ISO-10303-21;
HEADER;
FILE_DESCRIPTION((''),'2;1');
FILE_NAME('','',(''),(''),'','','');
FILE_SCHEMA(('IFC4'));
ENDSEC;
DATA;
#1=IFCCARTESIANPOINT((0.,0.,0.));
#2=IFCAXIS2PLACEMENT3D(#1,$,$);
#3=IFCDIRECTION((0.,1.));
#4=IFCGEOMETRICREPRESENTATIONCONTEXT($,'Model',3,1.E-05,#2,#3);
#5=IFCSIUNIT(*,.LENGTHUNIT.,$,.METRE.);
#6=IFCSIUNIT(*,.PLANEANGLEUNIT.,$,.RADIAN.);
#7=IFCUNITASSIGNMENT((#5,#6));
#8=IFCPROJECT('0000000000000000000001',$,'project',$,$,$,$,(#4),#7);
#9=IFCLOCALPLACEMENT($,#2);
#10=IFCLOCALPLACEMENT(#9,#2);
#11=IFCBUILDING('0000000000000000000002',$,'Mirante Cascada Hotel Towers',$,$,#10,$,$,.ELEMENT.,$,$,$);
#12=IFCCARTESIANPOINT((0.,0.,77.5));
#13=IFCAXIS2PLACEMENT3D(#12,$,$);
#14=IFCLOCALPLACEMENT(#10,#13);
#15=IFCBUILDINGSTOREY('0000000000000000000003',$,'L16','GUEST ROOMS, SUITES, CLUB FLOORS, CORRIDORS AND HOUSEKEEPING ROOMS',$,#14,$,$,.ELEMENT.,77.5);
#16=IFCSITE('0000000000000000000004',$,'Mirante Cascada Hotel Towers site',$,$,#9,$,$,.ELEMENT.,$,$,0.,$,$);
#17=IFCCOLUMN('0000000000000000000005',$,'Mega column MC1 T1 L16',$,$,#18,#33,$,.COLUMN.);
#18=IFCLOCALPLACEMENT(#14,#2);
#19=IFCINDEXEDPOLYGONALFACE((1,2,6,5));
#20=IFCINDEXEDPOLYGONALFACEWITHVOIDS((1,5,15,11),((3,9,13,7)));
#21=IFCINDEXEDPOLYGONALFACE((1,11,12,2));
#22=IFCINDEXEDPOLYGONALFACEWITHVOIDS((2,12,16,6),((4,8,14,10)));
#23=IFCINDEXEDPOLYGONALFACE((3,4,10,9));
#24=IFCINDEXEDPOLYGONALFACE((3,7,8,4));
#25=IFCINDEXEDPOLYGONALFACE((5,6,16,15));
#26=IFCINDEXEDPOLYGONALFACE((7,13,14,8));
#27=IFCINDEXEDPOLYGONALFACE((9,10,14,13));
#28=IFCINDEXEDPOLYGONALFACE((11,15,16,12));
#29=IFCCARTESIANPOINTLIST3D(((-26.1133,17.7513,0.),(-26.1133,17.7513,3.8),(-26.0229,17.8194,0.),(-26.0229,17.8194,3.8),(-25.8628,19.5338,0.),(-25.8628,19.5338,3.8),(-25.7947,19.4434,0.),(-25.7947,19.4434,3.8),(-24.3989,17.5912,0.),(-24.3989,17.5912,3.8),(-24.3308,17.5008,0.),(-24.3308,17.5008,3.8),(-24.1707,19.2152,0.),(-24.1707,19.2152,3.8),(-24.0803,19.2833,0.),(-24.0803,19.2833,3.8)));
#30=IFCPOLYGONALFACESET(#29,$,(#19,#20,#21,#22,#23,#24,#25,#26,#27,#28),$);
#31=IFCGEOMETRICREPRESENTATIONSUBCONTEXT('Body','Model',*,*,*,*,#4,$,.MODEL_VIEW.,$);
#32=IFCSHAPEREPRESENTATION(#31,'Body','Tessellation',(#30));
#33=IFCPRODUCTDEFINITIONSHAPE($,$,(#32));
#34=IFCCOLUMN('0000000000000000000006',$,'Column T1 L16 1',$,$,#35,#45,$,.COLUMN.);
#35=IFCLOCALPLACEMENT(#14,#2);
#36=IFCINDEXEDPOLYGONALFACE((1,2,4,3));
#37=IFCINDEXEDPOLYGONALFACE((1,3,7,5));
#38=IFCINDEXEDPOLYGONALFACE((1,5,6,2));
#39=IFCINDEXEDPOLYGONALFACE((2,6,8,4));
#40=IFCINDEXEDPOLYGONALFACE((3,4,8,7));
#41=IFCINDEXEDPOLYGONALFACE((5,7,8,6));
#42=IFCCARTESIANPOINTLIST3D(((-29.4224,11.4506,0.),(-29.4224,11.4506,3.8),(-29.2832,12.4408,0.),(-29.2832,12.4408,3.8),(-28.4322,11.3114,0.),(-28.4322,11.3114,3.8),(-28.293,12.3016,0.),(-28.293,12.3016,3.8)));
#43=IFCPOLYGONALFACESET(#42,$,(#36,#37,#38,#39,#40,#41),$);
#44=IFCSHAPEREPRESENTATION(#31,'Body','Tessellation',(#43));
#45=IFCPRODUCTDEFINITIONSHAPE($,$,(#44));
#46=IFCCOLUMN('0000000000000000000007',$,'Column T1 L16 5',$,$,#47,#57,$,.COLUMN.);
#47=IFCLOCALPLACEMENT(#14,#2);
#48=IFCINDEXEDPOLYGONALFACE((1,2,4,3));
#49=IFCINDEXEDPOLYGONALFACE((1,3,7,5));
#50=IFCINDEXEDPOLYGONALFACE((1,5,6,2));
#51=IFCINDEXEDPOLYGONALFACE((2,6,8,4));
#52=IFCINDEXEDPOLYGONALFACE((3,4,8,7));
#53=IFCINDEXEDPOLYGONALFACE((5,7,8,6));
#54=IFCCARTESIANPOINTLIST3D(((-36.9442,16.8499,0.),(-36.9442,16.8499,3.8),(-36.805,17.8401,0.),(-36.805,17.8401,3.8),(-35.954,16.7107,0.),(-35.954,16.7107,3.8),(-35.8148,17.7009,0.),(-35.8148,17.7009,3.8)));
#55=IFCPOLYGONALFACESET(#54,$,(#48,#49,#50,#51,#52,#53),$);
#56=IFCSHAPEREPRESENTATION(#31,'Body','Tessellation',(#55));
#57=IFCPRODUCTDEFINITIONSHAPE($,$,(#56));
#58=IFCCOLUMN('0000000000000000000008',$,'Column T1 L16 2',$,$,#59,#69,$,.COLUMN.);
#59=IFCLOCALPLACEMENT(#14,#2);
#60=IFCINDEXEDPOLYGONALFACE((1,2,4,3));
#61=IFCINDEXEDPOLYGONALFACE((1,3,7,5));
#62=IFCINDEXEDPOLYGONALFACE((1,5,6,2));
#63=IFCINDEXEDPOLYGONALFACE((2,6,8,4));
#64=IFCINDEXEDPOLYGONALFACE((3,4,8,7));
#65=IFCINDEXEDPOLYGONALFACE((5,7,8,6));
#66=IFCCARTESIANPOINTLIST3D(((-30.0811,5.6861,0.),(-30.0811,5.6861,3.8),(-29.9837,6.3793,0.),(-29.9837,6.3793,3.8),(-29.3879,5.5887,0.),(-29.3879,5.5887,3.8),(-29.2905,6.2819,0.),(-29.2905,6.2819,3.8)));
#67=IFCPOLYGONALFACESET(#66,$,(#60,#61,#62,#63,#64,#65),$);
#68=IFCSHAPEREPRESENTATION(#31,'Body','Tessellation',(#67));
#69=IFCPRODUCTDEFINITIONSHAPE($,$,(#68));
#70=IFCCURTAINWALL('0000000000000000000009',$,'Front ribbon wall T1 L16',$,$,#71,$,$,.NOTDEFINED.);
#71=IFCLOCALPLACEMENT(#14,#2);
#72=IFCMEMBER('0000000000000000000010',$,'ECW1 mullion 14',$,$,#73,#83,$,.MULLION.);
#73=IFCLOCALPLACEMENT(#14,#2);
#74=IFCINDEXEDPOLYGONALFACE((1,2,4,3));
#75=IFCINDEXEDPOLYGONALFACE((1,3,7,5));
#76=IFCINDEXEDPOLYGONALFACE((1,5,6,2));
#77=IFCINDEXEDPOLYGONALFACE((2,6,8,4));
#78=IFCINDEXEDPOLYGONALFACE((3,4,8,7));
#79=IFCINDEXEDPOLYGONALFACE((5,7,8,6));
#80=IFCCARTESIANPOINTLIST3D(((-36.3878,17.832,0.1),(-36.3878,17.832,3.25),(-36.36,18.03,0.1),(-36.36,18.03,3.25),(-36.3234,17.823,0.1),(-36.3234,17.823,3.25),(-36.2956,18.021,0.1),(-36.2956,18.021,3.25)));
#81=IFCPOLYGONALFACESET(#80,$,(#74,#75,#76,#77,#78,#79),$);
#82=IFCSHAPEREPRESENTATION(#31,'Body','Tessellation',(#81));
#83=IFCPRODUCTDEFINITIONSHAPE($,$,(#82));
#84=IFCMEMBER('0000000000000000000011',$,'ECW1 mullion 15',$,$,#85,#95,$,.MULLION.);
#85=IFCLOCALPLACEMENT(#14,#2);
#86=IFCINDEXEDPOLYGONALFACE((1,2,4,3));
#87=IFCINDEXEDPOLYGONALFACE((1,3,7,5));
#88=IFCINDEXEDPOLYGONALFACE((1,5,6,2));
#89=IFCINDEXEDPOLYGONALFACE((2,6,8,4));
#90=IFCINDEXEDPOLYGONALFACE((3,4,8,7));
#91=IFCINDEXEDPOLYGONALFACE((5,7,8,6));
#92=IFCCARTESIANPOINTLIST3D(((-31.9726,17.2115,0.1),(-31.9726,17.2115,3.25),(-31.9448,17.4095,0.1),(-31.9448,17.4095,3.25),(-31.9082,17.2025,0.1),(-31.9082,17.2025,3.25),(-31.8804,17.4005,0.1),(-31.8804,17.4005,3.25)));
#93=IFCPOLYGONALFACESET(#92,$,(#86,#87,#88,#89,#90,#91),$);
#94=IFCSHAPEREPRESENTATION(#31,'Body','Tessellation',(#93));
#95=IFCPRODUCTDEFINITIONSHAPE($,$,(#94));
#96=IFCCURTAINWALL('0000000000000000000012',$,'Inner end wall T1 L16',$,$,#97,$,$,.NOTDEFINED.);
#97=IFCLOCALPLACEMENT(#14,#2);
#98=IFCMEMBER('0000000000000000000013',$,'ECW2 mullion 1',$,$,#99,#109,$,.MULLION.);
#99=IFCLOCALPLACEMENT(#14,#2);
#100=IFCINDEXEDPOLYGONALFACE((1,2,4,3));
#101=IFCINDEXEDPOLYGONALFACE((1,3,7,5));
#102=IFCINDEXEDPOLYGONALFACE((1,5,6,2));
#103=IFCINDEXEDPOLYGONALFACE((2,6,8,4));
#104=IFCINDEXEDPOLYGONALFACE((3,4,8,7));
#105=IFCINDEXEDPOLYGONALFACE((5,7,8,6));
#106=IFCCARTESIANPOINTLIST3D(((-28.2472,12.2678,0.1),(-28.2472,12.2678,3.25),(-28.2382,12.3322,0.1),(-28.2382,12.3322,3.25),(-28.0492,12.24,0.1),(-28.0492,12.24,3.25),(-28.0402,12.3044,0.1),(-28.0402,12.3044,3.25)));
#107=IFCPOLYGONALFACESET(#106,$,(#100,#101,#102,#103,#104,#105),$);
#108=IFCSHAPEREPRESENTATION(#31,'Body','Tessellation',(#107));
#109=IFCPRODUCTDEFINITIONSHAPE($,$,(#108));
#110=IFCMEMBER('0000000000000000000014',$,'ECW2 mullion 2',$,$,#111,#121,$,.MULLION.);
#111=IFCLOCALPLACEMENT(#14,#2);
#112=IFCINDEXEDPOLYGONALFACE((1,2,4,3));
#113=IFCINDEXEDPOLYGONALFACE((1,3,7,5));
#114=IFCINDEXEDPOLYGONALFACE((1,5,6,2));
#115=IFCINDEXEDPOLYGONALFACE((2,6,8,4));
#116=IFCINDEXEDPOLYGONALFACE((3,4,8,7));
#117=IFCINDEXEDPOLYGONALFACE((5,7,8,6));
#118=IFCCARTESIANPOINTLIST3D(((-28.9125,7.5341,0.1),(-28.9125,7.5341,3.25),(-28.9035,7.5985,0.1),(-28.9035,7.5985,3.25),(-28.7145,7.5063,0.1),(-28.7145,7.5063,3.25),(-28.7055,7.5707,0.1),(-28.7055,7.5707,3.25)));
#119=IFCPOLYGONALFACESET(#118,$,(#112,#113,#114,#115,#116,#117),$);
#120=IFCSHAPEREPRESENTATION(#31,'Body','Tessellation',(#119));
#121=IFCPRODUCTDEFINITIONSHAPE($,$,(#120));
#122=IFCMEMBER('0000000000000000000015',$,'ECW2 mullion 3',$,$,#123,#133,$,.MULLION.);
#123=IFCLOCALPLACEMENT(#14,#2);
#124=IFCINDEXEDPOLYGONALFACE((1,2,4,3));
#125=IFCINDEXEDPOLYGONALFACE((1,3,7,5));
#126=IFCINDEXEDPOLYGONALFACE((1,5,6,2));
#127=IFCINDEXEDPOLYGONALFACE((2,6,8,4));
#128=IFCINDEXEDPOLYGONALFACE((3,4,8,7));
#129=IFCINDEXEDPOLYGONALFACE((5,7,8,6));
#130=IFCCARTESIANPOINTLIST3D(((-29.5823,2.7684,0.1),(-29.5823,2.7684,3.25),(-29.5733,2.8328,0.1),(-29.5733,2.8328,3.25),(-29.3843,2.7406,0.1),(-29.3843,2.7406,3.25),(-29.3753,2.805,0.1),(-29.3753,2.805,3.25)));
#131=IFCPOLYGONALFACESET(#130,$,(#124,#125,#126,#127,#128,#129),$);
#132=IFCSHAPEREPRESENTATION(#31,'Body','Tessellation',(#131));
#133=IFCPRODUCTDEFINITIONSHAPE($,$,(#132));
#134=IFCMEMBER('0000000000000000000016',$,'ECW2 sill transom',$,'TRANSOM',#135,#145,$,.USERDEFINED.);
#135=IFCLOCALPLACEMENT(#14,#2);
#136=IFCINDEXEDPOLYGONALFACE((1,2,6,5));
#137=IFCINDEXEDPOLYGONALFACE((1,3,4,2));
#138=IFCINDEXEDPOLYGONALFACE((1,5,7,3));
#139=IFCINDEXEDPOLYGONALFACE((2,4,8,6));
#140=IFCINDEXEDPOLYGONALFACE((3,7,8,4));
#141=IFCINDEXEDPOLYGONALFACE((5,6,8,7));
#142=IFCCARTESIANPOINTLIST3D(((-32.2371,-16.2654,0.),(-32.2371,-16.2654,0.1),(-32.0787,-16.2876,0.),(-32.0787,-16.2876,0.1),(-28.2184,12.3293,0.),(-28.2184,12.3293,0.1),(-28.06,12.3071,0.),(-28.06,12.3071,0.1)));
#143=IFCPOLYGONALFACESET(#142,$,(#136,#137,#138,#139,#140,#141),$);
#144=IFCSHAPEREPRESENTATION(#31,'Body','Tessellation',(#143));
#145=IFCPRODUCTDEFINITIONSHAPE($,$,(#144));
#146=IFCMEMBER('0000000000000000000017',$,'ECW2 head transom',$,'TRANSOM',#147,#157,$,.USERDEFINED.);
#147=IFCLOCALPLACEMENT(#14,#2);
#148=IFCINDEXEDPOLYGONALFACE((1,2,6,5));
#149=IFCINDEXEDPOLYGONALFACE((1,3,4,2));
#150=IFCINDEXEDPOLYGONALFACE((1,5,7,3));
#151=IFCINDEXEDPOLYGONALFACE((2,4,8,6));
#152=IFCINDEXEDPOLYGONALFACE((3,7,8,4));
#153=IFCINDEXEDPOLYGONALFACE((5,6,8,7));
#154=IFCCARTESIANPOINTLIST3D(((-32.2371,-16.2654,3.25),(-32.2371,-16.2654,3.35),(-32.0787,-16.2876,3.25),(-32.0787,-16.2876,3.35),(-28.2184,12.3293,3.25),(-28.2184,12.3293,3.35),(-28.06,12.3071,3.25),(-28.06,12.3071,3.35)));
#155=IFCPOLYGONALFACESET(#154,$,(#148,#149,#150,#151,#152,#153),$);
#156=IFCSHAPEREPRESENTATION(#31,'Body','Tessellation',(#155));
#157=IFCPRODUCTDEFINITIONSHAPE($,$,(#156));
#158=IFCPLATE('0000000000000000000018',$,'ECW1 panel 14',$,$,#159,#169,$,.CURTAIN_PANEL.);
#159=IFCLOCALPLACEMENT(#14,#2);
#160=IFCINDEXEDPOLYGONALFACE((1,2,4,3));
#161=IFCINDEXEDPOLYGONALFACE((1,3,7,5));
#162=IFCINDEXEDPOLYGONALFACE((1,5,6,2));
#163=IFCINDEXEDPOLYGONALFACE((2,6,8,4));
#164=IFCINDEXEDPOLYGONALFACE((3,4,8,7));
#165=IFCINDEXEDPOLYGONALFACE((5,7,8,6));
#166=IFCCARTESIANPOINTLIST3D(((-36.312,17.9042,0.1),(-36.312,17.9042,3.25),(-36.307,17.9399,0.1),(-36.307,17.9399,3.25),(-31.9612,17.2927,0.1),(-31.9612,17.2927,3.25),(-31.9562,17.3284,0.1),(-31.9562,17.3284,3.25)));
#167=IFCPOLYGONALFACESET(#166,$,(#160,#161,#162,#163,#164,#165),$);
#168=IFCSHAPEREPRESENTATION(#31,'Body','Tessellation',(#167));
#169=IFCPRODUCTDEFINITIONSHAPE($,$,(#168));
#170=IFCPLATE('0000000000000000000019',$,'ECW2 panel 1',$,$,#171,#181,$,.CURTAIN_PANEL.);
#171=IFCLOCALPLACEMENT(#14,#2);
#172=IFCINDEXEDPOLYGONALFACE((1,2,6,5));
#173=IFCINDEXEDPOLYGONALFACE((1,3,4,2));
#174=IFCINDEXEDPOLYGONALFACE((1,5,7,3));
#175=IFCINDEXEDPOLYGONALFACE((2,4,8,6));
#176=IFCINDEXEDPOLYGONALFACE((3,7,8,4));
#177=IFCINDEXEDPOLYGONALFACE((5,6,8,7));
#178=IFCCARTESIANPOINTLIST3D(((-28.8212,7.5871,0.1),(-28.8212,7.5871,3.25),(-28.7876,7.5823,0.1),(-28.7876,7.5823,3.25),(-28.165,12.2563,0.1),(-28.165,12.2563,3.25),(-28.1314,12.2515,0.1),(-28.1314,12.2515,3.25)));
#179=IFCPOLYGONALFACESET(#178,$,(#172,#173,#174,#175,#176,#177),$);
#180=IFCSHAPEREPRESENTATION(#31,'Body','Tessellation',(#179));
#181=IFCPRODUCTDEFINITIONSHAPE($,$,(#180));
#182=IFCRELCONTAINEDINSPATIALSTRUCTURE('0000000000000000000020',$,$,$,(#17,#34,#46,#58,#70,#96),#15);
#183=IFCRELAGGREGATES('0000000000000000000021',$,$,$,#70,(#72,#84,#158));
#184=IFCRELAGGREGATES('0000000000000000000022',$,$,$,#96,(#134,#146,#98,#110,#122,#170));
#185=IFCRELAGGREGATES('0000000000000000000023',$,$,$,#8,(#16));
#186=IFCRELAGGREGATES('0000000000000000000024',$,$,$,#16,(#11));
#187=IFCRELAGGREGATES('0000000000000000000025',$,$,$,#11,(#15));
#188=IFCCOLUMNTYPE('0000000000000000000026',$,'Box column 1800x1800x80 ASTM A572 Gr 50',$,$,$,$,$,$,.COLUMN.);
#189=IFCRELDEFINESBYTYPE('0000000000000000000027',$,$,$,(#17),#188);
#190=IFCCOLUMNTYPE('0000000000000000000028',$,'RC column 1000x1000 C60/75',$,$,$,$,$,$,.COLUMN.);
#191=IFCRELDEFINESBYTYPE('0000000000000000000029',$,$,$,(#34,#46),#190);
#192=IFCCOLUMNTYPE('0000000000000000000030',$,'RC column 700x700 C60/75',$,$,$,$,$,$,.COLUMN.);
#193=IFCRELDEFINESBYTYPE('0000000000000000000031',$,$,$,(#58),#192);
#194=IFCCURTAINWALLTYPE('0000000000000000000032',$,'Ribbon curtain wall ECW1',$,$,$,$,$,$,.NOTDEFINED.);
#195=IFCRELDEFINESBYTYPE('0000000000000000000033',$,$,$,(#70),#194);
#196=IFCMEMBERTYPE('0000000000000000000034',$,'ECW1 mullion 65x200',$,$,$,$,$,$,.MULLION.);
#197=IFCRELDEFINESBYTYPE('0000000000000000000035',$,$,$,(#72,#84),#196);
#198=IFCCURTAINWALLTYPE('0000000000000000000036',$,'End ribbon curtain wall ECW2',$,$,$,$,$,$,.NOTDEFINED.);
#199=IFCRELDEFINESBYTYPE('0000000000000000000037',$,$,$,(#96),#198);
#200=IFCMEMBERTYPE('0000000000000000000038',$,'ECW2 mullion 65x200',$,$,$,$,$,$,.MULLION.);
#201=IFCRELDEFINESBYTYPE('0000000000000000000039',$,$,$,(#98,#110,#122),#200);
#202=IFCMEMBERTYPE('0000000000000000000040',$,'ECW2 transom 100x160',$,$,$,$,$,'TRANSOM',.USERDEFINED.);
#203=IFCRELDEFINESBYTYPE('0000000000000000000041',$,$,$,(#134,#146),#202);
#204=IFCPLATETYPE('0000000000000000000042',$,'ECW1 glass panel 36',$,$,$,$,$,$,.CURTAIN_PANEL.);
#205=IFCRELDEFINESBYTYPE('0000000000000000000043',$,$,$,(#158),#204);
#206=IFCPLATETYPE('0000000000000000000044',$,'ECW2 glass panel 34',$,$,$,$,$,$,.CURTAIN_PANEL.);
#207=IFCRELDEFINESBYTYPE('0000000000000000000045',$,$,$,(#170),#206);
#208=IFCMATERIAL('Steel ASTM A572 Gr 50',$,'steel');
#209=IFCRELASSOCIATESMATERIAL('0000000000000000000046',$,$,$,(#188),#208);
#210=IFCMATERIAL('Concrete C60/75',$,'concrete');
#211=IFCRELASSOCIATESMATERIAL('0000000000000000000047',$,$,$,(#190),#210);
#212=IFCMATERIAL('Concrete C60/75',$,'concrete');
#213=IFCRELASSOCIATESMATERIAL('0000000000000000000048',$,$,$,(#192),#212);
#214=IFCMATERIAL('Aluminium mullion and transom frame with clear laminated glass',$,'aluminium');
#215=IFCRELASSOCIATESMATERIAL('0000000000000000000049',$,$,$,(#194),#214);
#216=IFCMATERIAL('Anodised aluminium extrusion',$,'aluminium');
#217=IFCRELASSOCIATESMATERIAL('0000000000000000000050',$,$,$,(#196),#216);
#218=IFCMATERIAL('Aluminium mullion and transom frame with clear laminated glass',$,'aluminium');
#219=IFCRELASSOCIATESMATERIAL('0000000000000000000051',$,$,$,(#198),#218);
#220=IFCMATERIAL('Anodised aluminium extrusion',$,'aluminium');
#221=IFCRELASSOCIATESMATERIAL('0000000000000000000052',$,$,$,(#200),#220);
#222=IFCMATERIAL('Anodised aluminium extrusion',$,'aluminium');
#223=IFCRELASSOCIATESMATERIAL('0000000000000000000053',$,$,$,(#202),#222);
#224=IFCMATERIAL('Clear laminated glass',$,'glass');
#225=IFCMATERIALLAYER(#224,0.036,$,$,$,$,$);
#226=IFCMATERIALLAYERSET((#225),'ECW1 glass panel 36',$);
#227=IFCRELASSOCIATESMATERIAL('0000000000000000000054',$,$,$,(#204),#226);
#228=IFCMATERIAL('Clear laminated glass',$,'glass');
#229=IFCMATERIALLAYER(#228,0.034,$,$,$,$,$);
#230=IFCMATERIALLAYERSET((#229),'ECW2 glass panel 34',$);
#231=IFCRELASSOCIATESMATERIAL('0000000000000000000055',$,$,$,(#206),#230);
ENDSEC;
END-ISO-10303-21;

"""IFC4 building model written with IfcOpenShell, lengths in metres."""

from ifc_helpers import new_model, si_unit, direction, frame, origin, origin_2d, place, context, subcontext, project, spatial, rectangle, hollow_rectangle, extrude, material, layer, layer_set, material_profile, profile_set, type_object, element, aggregate, save


model = new_model("IFC4")

# Units and contexts
model_context = context("Model", 3, precision=1e-05, world=origin(), true_north=direction((0.0, 1.0)))
body_context = subcontext(model_context, "Body", "Model", "MODEL_VIEW")
ifc_project = project(units=[si_unit("LENGTHUNIT", "METRE"), si_unit("PLANEANGLEUNIT", "RADIAN")], contexts=[model_context])

# Site, building, storey
site_placement = place(None, origin())
site = spatial("IfcSite", under=ifc_project, at=site_placement, Name="Mirante Cascada Hotel Towers site", CompositionType="ELEMENT", RefElevation=0.0)
building_placement = place(site_placement, origin())
building = spatial("IfcBuilding", under=site, at=building_placement, Name="Mirante Cascada Hotel Towers", CompositionType="ELEMENT")
storey_placement = place(building_placement, frame((0.0, 0.0, 77.5)))
storey = spatial("IfcBuildingStorey", under=building, at=storey_placement, Name="L16", Description="GUEST ROOMS, SUITES, CLUB FLOORS, CORRIDORS AND HOUSEKEEPING ROOMS", CompositionType="ELEMENT", Elevation=77.5)

# Columns
ifc_material_1 = material(Name="Steel ASTM A572 Gr 50", Category="steel")
ifc_material_profile_1 = material_profile(ifc_material_1, hollow_rectangle(XDim=1.8, YDim=1.8, WallThickness=0.08, at=origin_2d()), Name="Box column 1800x1800x80 ASTM A572 Gr 50")
ifc_profile_set_1 = profile_set([ifc_material_profile_1], Name="Steel ASTM A572 Gr 50")
column_type_1 = type_object("IfcColumnType", Name="Box column 1800x1800x80 ASTM A572 Gr 50", PredefinedType="COLUMN", material=ifc_profile_set_1)
column_1_placement = place(storey_placement, frame((-25.0968, 18.5173, 0.0), z_axis=(0.0, 0.0, 1.0), x_axis=(-0.990268, 0.139173, 0.0)))
element("IfcColumn", 1, at=column_1_placement, inside=storey, type_object=column_type_1, Name="Mega column MC1 T1 L16", PredefinedType="COLUMN", context=body_context, shape_type="SweptSolid", body=[
    extrude(hollow_rectangle(XDim=1.8, YDim=1.8, WallThickness=0.08, at=origin_2d()), origin(), (0.0, 0.0, 1.0), 3.8),
])
ifc_material_2 = material(Name="Concrete C60/75", Category="concrete")
ifc_material_profile_2 = material_profile(ifc_material_2, rectangle(XDim=1.0, YDim=1.0, at=origin_2d()), Name="RC column 1000x1000 C60/75")
ifc_profile_set_2 = profile_set([ifc_material_profile_2], Name="Concrete C60/75")
column_type_2 = type_object("IfcColumnType", Name="RC column 1000x1000 C60/75", PredefinedType="COLUMN", material=ifc_profile_set_2)
for number, where, z_axis, x_axis, name in (
    (2, (-28.8577, 11.8761, 0.0), (0.0, 0.0, 1.0), (-0.990268, 0.139173, 0.0), "Column T1 L16 1"),
    (3, (-36.3795, 17.2754, 0.0), (0.0, 0.0, 1.0), (-0.990268, 0.139173, 0.0), "Column T1 L16 5"),
):
    element("IfcColumn", number, at=place(storey_placement, frame(where, z_axis=z_axis, x_axis=x_axis)), inside=storey, type_object=column_type_2, Name=name, PredefinedType="COLUMN", context=body_context, shape_type="SweptSolid", body=[
        extrude(rectangle(XDim=1.0, YDim=1.0, at=origin_2d()), origin(), (0.0, 0.0, 1.0), 3.8),
    ])
ifc_material_3 = material(Name="Concrete C60/75", Category="concrete")
ifc_material_profile_3 = material_profile(ifc_material_3, rectangle(XDim=0.7, YDim=0.7, at=origin_2d()), Name="RC column 700x700 C60/75")
ifc_profile_set_3 = profile_set([ifc_material_profile_3], Name="Concrete C60/75")
column_type_3 = type_object("IfcColumnType", Name="RC column 700x700 C60/75", PredefinedType="COLUMN", material=ifc_profile_set_3)
column_2_placement = place(storey_placement, frame((-29.6858, 5.984, 0.0), z_axis=(0.0, 0.0, 1.0), x_axis=(-0.990268, 0.139173, 0.0)))
element("IfcColumn", 4, at=column_2_placement, inside=storey, type_object=column_type_3, Name="Column T1 L16 2", PredefinedType="COLUMN", context=body_context, shape_type="SweptSolid", body=[
    extrude(rectangle(XDim=0.7, YDim=0.7, at=origin_2d()), origin(), (0.0, 0.0, 1.0), 3.8),
])

# Curtain walls, members
ifc_material_4 = material(Name="Aluminium mullion and transom frame with clear laminated glass", Category="aluminium")
curtain_wall_type_1 = type_object("IfcCurtainWallType", Name="Ribbon curtain wall ECW1", PredefinedType="NOTDEFINED", material=ifc_material_4)
curtain_wall_1_placement = place(storey_placement, origin())
curtain_wall_1 = element("IfcCurtainWall", 5, at=curtain_wall_1_placement, inside=storey, type_object=curtain_wall_type_1, Name="Front ribbon wall T1 L16", PredefinedType="NOTDEFINED")
ifc_material_5 = material(Name="Anodised aluminium extrusion", Category="aluminium")
ifc_material_profile_4 = material_profile(ifc_material_5, rectangle(XDim=0.2, YDim=0.065, at=origin_2d()), Name="ECW1 MULLION 65x200")
ifc_profile_set_4 = profile_set([ifc_material_profile_4], Name="Anodised aluminium extrusion")
member_type_1 = type_object("IfcMemberType", Name="ECW1 mullion 65x200", PredefinedType="MULLION", material=ifc_profile_set_4)
member_1_placement = place(storey_placement, frame((-36.3417, 17.9265, 0.1), z_axis=(0.0, 0.0, 1.0), x_axis=(0.139173, 0.990268, 0.0)))
member_1 = element("IfcMember", 6, at=member_1_placement, type_object=member_type_1, Name="ECW1 mullion 14", PredefinedType="MULLION", context=body_context, shape_type="SweptSolid", body=[
    extrude(rectangle(XDim=0.2, YDim=0.065, at=origin_2d()), origin(), (0.0, 0.0, 1.0), 3.15),
])
member_2_placement = place(storey_placement, frame((-31.9265, 17.306, 0.1), z_axis=(0.0, 0.0, 1.0), x_axis=(0.139173, 0.990268, 0.0)))
member_2 = element("IfcMember", 7, at=member_2_placement, type_object=member_type_1, Name="ECW1 mullion 15", PredefinedType="MULLION", context=body_context, shape_type="SweptSolid", body=[
    extrude(rectangle(XDim=0.2, YDim=0.065, at=origin_2d()), origin(), (0.0, 0.0, 1.0), 3.15),
])
ifc_material_6 = material(Name="Aluminium mullion and transom frame with clear laminated glass", Category="aluminium")
curtain_wall_type_2 = type_object("IfcCurtainWallType", Name="End ribbon curtain wall ECW2", PredefinedType="NOTDEFINED", material=ifc_material_6)
curtain_wall_2_placement = place(storey_placement, origin())
curtain_wall_2 = element("IfcCurtainWall", 8, at=curtain_wall_2_placement, inside=storey, type_object=curtain_wall_type_2, Name="Inner end wall T1 L16", PredefinedType="NOTDEFINED")
ifc_material_7 = material(Name="Anodised aluminium extrusion", Category="aluminium")
ifc_material_profile_5 = material_profile(ifc_material_7, rectangle(XDim=0.2, YDim=0.065, at=origin_2d()), Name="ECW2 MULLION 65x200")
ifc_profile_set_5 = profile_set([ifc_material_profile_5], Name="Anodised aluminium extrusion")
member_type_2 = type_object("IfcMemberType", Name="ECW2 mullion 65x200", PredefinedType="MULLION", material=ifc_profile_set_5)
member_3_placement = place(storey_placement, frame((-28.1437, 12.2861, 0.1), z_axis=(0.0, 0.0, 1.0), x_axis=(0.990268, -0.139173, 0.0)))
member_3 = element("IfcMember", 9, at=member_3_placement, type_object=member_type_2, Name="ECW2 mullion 1", PredefinedType="MULLION", context=body_context, shape_type="SweptSolid", body=[
    extrude(rectangle(XDim=0.2, YDim=0.065, at=origin_2d()), origin(), (0.0, 0.0, 1.0), 3.15),
])
member_4_placement = place(storey_placement, frame((-28.809, 7.5524, 0.1), z_axis=(0.0, 0.0, 1.0), x_axis=(0.990268, -0.139173, 0.0)))
member_4 = element("IfcMember", 10, at=member_4_placement, type_object=member_type_2, Name="ECW2 mullion 2", PredefinedType="MULLION", context=body_context, shape_type="SweptSolid", body=[
    extrude(rectangle(XDim=0.2, YDim=0.065, at=origin_2d()), origin(), (0.0, 0.0, 1.0), 3.15),
])
member_5_placement = place(storey_placement, frame((-29.4788, 2.7867, 0.1), z_axis=(0.0, 0.0, 1.0), x_axis=(0.990268, -0.139173, 0.0)))
member_5 = element("IfcMember", 11, at=member_5_placement, type_object=member_type_2, Name="ECW2 mullion 3", PredefinedType="MULLION", context=body_context, shape_type="SweptSolid", body=[
    extrude(rectangle(XDim=0.2, YDim=0.065, at=origin_2d()), origin(), (0.0, 0.0, 1.0), 3.15),
])
ifc_material_8 = material(Name="Anodised aluminium extrusion", Category="aluminium")
ifc_material_profile_6 = material_profile(ifc_material_8, rectangle(XDim=0.16, YDim=0.1, at=origin_2d()), Name="ECW2 TRANSOM 100x160")
ifc_profile_set_6 = profile_set([ifc_material_profile_6], Name="Anodised aluminium extrusion")
member_type_3 = type_object("IfcMemberType", Name="ECW2 transom 100x160", ElementType="TRANSOM", PredefinedType="USERDEFINED", material=ifc_profile_set_6)
member_6_placement = place(storey_placement, frame((-28.1392, 12.3182, 0.05), z_axis=(-0.139172, -0.990268, 0.0), x_axis=(0.990268, -0.139172, 0.0)))
member_6 = element("IfcMember", 12, at=member_6_placement, type_object=member_type_3, Name="ECW2 sill transom", ObjectType="TRANSOM", PredefinedType="USERDEFINED", context=body_context, shape_type="SweptSolid", body=[
    extrude(rectangle(XDim=0.16, YDim=0.1, at=origin_2d()), origin(), (0.0, 0.0, 1.0), 28.8757),
])
member_7_placement = place(storey_placement, frame((-28.1392, 12.3182, 3.3), z_axis=(-0.139172, -0.990268, 0.0), x_axis=(0.990268, -0.139172, 0.0)))
member_7 = element("IfcMember", 13, at=member_7_placement, type_object=member_type_3, Name="ECW2 head transom", ObjectType="TRANSOM", PredefinedType="USERDEFINED", context=body_context, shape_type="SweptSolid", body=[
    extrude(rectangle(XDim=0.16, YDim=0.1, at=origin_2d()), origin(), (0.0, 0.0, 1.0), 28.8757),
])

# Plates
ifc_material_9 = material(Name="Clear laminated glass", Category="glass")
ifc_layer_1 = layer(ifc_material_9, 0.036)
ifc_layer_set_1 = layer_set([ifc_layer_1], Name="ECW1 glass panel 36")
plate_type_1 = type_object("IfcPlateType", Name="ECW1 glass panel 36", PredefinedType="CURTAIN_PANEL", material=ifc_layer_set_1)
plate_1_placement = place(storey_placement, frame((-34.1341, 17.6163, 0.1), z_axis=(0.0, 0.0, 1.0), x_axis=(0.990268, -0.139173, 0.0)))
plate_1 = element("IfcPlate", 14, at=plate_1_placement, type_object=plate_type_1, Name="ECW1 panel 14", PredefinedType="CURTAIN_PANEL", context=body_context, shape_type="SweptSolid", body=[
    extrude(rectangle(XDim=4.3936, YDim=0.036, at=origin_2d()), origin(), (0.0, 0.0, 1.0), 3.15),
])
aggregate(curtain_wall_1, [member_1, member_2, plate_1])
ifc_material_10 = material(Name="Clear laminated glass", Category="glass")
ifc_layer_2 = layer(ifc_material_10, 0.034)
ifc_layer_set_2 = layer_set([ifc_layer_2], Name="ECW2 glass panel 34")
plate_type_2 = type_object("IfcPlateType", Name="ECW2 glass panel 34", PredefinedType="CURTAIN_PANEL", material=ifc_layer_set_2)
plate_2_placement = place(storey_placement, frame((-28.4763, 9.9193, 0.1), z_axis=(0.0, 0.0, 1.0), x_axis=(-0.139173, -0.990268, 0.0)))
plate_2 = element("IfcPlate", 15, at=plate_2_placement, type_object=plate_type_2, Name="ECW2 panel 1", PredefinedType="CURTAIN_PANEL", context=body_context, shape_type="SweptSolid", body=[
    extrude(rectangle(XDim=4.7151, YDim=0.034, at=origin_2d()), origin(), (0.0, 0.0, 1.0), 3.15),
])
aggregate(curtain_wall_2, [member_6, member_7, member_3, member_4, member_5, plate_2])

save(model, "model.ifc")
